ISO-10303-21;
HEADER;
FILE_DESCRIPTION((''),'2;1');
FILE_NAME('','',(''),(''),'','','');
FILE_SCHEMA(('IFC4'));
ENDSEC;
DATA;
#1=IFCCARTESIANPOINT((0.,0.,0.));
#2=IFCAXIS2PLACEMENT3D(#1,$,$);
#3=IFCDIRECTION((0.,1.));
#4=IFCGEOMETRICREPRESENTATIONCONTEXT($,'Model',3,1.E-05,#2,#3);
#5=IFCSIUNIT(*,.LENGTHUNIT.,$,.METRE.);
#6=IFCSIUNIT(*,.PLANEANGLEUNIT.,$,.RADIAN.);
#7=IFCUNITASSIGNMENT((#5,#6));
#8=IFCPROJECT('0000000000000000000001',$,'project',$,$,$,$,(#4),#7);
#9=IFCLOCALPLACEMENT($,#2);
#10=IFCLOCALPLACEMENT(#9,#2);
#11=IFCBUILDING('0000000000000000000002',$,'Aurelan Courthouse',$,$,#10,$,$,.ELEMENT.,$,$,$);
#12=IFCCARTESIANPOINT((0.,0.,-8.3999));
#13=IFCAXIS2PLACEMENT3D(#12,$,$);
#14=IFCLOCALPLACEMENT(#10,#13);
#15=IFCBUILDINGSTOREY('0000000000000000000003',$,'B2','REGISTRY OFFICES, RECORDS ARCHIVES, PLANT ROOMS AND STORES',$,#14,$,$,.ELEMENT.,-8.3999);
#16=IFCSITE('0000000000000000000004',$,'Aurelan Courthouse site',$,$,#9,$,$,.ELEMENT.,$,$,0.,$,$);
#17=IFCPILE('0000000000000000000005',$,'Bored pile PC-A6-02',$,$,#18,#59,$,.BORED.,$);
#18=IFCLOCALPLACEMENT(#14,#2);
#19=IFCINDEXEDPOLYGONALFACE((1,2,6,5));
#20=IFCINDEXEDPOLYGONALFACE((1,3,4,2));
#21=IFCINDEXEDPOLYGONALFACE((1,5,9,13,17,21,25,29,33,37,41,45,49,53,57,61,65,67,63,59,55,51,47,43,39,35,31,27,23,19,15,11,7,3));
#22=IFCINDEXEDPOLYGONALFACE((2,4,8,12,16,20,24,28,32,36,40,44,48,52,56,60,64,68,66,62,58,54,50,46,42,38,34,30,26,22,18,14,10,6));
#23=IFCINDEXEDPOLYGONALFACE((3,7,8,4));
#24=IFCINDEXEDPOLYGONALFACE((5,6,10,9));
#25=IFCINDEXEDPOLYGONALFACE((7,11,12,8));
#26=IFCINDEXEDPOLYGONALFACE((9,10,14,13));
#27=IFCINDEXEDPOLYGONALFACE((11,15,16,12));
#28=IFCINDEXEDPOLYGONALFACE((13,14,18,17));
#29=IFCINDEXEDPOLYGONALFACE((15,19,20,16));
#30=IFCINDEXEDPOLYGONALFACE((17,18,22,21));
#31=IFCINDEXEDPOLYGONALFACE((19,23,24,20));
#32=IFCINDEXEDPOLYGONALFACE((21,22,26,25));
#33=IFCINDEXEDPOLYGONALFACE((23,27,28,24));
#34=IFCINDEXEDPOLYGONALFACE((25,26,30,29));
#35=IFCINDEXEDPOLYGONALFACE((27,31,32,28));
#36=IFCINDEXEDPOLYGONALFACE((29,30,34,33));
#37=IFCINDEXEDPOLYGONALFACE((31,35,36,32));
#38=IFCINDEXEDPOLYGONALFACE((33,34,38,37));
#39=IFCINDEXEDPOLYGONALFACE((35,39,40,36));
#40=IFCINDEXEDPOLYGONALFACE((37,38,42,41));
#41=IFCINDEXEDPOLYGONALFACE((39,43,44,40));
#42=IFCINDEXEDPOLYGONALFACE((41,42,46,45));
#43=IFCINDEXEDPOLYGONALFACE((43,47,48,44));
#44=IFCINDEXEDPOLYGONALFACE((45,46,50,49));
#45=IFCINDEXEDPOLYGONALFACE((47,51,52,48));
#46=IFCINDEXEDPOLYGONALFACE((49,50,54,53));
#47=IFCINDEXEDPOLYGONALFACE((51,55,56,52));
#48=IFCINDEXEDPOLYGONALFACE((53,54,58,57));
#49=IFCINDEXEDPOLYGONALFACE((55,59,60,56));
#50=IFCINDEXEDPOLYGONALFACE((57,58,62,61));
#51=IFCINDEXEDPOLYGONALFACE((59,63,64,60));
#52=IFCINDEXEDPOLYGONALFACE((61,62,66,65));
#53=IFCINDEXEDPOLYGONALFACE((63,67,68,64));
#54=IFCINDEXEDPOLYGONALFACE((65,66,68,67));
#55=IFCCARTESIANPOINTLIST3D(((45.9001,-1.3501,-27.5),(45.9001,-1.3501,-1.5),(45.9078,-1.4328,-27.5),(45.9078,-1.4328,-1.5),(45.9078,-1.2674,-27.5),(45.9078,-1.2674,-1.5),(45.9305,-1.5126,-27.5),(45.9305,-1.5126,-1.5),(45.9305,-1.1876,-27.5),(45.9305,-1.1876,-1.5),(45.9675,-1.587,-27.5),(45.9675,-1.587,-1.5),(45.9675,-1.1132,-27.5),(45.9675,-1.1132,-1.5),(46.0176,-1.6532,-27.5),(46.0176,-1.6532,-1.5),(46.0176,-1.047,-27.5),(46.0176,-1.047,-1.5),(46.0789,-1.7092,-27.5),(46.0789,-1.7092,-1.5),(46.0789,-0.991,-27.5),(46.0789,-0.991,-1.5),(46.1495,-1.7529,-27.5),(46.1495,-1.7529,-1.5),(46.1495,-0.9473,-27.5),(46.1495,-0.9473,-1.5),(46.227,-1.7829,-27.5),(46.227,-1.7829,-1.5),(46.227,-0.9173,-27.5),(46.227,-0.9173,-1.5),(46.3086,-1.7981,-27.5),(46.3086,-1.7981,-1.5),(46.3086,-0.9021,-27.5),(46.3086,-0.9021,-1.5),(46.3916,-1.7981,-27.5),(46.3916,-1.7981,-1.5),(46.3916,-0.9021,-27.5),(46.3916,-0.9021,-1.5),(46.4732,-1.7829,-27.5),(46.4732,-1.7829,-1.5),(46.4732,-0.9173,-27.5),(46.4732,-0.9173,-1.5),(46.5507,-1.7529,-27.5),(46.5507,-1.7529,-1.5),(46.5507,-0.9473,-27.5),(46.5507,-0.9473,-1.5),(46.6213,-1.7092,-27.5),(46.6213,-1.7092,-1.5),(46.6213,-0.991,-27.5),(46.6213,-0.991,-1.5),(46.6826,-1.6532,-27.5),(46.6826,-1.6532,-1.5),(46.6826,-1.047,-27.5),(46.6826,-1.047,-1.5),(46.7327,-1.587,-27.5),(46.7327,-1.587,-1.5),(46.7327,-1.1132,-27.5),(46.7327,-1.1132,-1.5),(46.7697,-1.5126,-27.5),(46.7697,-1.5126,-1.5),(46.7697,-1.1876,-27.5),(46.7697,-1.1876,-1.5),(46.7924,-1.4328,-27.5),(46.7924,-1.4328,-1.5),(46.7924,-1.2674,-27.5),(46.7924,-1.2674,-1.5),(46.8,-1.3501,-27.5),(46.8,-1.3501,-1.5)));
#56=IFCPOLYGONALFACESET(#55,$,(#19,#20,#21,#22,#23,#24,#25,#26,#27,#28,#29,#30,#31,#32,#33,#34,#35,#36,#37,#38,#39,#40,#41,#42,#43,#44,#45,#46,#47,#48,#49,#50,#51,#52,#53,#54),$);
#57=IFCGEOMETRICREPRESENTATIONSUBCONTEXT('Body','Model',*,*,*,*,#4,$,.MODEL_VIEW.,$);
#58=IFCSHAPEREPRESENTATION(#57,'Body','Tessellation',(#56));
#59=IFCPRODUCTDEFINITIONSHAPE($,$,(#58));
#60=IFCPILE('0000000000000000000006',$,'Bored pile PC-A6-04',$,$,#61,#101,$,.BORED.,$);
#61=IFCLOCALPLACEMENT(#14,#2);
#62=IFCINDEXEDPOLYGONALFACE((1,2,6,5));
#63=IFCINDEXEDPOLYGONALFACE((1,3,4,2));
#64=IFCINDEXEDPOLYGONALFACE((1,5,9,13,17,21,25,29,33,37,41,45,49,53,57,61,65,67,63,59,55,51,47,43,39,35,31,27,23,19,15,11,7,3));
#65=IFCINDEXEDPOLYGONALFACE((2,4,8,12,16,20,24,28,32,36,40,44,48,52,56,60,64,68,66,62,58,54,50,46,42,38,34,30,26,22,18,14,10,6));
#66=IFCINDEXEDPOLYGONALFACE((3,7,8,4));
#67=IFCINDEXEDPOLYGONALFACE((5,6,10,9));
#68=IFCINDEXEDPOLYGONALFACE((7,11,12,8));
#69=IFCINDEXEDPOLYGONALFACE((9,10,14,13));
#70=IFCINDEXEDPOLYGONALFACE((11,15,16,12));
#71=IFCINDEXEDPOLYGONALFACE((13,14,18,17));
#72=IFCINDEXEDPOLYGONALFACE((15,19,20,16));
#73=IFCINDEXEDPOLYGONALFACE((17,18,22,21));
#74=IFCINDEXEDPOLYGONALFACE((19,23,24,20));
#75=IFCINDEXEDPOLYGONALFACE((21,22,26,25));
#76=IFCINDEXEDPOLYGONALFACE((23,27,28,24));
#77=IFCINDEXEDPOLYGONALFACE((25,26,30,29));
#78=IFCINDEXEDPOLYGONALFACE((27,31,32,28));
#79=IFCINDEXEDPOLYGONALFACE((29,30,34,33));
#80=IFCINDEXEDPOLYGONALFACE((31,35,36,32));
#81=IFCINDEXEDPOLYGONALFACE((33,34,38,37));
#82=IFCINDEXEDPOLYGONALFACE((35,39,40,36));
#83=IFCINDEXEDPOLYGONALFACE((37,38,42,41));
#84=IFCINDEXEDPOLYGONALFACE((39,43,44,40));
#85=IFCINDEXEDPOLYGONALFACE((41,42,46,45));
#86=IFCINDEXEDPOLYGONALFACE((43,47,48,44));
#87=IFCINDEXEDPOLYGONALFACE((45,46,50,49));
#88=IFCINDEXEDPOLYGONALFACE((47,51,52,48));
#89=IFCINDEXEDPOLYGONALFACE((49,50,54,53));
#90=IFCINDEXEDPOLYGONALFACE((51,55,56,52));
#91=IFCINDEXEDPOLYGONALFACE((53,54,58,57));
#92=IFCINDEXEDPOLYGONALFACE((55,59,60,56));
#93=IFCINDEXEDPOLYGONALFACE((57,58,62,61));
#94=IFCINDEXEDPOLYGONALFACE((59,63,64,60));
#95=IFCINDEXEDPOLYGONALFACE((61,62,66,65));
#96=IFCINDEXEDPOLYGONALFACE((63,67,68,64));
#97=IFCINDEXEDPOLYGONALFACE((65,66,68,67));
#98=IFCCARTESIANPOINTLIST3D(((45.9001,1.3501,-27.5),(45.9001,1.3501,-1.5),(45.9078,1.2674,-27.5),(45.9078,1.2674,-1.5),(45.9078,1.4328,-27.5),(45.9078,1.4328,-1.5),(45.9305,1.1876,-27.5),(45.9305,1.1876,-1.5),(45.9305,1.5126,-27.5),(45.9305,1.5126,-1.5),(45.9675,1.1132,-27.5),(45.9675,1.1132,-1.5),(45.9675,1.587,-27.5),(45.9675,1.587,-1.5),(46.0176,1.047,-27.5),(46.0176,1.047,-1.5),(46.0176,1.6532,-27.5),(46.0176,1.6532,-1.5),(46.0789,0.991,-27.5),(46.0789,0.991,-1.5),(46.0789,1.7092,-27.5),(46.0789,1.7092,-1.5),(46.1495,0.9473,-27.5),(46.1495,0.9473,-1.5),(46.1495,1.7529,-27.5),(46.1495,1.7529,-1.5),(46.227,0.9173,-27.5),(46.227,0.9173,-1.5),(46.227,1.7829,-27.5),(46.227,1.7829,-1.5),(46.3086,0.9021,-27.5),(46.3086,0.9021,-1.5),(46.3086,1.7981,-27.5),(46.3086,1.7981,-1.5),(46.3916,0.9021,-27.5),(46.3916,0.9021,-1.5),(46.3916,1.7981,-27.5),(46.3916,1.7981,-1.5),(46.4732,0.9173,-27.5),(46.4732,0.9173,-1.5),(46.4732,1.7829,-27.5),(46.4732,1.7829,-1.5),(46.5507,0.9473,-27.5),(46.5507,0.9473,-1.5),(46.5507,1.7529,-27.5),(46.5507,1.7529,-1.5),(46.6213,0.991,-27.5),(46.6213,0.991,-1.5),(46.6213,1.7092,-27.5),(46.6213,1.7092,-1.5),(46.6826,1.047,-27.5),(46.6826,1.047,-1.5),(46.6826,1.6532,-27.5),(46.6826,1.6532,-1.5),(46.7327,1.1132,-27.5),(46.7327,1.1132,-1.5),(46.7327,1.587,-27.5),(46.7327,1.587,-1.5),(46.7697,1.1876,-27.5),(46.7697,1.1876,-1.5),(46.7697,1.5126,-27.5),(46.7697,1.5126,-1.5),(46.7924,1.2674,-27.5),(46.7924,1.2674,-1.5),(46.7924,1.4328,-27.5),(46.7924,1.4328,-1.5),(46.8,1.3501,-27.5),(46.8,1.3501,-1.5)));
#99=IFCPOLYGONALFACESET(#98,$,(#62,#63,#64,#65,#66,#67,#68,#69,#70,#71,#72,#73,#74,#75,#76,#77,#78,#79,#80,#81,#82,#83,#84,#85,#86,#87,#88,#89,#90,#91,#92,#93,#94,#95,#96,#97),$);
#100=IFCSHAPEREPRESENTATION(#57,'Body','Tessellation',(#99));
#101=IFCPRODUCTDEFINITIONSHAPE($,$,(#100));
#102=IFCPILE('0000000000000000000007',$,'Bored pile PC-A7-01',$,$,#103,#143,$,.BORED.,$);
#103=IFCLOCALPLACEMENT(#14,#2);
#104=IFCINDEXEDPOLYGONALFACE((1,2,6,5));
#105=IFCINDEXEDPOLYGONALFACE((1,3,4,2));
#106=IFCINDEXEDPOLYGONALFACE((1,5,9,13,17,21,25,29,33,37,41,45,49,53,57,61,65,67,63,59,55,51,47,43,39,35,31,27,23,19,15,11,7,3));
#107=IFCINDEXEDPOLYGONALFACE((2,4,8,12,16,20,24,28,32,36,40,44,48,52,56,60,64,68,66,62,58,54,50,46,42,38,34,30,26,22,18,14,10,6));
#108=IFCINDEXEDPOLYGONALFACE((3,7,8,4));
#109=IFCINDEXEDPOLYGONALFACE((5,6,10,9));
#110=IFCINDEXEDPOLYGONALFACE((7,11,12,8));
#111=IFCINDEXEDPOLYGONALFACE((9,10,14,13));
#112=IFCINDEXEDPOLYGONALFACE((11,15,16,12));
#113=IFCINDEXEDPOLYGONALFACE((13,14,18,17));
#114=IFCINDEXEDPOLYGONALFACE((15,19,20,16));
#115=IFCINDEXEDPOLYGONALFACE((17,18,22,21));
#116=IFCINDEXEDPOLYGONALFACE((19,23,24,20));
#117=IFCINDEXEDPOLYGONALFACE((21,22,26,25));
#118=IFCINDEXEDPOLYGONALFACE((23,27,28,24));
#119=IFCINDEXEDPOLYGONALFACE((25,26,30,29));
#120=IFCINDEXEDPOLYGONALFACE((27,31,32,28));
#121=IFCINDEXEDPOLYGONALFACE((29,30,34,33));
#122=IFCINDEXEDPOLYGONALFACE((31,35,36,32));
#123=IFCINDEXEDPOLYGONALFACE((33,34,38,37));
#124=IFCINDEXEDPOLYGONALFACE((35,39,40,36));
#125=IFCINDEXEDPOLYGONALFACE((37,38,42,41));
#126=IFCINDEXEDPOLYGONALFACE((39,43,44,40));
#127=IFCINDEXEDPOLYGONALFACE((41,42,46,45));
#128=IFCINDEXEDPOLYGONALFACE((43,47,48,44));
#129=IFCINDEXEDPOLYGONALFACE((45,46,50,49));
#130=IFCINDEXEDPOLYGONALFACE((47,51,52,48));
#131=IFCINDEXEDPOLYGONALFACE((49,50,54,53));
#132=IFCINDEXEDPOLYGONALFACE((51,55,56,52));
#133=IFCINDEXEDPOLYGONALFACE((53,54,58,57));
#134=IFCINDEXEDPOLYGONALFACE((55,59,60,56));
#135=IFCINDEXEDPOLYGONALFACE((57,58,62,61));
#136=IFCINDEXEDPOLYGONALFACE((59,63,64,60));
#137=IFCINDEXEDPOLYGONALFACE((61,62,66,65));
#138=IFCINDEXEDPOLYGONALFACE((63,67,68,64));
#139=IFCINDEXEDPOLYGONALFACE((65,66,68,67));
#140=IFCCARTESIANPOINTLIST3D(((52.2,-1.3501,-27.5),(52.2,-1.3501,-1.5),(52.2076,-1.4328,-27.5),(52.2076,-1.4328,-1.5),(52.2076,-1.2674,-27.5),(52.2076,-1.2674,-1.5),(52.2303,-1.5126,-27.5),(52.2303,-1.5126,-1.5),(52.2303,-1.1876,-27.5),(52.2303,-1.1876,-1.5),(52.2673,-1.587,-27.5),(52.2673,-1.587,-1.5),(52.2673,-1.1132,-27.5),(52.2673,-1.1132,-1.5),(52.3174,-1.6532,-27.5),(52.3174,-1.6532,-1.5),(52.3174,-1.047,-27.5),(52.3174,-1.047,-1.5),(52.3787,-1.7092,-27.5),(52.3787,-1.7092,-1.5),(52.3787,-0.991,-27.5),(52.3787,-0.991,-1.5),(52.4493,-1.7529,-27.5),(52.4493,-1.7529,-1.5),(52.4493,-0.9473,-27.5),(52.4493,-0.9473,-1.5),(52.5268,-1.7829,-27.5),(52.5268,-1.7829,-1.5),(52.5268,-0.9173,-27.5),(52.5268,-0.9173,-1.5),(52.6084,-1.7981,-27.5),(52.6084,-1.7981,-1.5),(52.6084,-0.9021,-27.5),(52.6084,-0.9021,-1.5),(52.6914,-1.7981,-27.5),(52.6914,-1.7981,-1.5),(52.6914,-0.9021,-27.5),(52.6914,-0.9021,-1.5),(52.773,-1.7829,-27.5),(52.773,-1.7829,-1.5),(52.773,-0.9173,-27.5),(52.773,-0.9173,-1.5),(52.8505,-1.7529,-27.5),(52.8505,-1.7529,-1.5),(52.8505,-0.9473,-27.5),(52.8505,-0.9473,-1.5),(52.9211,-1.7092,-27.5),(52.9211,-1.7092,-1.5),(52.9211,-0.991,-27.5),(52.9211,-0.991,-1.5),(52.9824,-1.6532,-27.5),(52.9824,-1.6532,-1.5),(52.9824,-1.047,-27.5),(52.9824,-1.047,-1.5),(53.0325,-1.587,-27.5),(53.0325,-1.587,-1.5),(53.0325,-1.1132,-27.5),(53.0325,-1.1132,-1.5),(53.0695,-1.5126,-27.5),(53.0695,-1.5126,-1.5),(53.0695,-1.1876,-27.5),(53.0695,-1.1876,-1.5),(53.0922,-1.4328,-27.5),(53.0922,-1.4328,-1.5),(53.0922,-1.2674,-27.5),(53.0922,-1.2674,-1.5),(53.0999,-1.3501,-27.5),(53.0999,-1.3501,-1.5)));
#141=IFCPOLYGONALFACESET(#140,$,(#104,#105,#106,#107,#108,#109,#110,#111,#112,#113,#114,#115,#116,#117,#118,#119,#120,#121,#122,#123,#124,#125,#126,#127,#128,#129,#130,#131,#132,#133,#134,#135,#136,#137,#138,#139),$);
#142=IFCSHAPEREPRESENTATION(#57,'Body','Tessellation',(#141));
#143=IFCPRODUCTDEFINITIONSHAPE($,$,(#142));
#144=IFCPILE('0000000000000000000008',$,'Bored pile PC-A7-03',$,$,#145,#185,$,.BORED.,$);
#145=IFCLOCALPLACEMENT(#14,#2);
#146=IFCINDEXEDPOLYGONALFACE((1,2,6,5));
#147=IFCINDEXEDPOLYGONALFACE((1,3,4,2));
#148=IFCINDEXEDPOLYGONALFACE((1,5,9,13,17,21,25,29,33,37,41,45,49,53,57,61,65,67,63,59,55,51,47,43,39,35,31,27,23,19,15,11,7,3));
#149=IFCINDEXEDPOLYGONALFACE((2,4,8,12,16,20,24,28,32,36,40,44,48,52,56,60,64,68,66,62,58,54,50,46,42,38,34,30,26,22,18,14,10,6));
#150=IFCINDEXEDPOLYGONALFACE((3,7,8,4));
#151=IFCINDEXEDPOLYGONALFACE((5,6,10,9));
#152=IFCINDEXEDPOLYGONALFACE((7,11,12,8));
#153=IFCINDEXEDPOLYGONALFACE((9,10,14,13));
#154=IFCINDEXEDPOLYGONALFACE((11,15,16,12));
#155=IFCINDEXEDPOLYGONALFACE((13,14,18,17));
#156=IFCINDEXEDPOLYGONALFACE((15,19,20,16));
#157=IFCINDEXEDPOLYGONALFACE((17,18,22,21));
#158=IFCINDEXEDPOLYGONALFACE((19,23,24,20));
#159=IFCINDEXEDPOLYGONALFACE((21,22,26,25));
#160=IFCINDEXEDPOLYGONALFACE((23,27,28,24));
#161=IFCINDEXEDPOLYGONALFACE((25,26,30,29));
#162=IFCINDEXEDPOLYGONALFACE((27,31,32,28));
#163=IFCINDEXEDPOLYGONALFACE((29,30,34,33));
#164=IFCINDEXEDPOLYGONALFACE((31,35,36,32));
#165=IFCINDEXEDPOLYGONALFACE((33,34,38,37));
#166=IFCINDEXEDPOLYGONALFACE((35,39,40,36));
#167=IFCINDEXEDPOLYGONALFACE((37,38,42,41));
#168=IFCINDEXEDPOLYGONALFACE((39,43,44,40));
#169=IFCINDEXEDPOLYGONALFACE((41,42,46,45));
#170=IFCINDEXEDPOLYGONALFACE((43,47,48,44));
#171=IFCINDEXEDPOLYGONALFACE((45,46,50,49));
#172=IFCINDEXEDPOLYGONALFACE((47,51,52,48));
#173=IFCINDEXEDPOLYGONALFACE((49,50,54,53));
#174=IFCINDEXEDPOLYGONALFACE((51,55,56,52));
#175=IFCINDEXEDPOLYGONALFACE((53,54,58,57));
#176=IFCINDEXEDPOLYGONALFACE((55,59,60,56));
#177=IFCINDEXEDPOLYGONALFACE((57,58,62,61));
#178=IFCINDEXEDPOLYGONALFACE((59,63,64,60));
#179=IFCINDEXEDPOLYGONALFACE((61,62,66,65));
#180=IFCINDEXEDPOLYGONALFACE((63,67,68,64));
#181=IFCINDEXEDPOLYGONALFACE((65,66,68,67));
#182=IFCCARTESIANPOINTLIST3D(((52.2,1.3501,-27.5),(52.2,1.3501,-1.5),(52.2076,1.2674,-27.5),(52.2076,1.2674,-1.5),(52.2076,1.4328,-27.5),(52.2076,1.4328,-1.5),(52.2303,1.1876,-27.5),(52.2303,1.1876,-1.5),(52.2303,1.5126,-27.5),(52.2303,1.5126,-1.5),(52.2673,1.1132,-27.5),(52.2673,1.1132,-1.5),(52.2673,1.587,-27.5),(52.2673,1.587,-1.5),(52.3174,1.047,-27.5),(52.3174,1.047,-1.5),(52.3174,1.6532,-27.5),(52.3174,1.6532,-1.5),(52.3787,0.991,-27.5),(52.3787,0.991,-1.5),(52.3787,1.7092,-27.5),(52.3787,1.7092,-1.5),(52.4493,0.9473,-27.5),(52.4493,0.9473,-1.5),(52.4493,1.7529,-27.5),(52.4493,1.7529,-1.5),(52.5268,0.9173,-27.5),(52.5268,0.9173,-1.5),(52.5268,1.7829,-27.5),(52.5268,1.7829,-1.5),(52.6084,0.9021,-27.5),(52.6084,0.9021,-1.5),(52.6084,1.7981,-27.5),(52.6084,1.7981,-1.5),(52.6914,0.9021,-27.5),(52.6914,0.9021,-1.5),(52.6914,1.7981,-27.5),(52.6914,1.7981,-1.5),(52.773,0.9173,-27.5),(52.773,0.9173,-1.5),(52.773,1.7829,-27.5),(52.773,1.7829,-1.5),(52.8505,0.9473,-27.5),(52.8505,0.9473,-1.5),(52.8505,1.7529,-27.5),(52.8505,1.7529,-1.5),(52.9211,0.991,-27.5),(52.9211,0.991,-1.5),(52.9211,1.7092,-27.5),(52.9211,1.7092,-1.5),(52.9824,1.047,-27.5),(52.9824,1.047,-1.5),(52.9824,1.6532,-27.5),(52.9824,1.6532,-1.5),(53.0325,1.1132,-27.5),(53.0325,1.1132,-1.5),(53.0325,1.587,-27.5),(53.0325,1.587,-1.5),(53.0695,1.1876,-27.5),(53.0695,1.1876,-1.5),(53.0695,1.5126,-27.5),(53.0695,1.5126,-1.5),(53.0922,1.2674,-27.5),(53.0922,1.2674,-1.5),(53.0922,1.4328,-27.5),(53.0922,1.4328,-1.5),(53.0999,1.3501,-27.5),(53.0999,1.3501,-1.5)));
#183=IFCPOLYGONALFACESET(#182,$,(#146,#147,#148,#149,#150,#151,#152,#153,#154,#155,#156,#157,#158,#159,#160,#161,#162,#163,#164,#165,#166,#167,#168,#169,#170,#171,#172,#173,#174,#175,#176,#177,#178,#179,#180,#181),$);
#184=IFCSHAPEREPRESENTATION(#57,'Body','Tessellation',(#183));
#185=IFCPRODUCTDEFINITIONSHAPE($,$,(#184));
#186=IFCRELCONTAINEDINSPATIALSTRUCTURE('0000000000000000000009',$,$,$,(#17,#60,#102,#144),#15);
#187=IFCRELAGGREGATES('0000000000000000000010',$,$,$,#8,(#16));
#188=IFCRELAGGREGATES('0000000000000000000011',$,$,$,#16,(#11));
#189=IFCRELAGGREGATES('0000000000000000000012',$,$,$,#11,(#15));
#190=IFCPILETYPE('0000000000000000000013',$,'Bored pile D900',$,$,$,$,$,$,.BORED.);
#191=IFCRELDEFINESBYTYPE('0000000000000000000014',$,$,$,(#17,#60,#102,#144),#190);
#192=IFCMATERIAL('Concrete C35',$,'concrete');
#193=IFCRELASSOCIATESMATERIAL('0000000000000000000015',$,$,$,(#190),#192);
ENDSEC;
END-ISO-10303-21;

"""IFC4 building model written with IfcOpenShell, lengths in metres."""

from ifc_helpers import new_model, si_unit, direction, frame, origin, origin_2d, place, context, subcontext, project, spatial, circle, extrude, material, material_profile, profile_set, type_object, element, save


model = new_model("IFC4")

# Units and contexts
model_context = context("Model", 3, precision=1e-05, world=origin(), true_north=direction((0.0, 1.0)))
body_context = subcontext(model_context, "Body", "Model", "MODEL_VIEW")
ifc_project = project(units=[si_unit("LENGTHUNIT", "METRE"), si_unit("PLANEANGLEUNIT", "RADIAN")], contexts=[model_context])

# Site, building, storey
site_placement = place(None, origin())
site = spatial("IfcSite", under=ifc_project, at=site_placement, Name="Aurelan Courthouse site", CompositionType="ELEMENT", RefElevation=0.0)
building_placement = place(site_placement, origin())
building = spatial("IfcBuilding", under=site, at=building_placement, Name="Aurelan Courthouse", CompositionType="ELEMENT")
storey_placement = place(building_placement, frame((0.0, 0.0, -8.3999)))
storey = spatial("IfcBuildingStorey", under=building, at=storey_placement, Name="B2", Description="REGISTRY OFFICES, RECORDS ARCHIVES, PLANT ROOMS AND STORES", CompositionType="ELEMENT", Elevation=-8.3999)

# Piles
ifc_material_1 = material(Name="Concrete C35", Category="concrete")
ifc_material_profile_1 = material_profile(ifc_material_1, circle(Radius=0.45, at=origin_2d()), Name="D900")
ifc_profile_set_1 = profile_set([ifc_material_profile_1], Name="Concrete C35")
pile_type = type_object("IfcPileType", Name="Bored pile D900", PredefinedType="BORED", material=ifc_profile_set_1)
for number, where, z_axis, x_axis, name in (
    (1, (46.3501, -1.3501, -1.5), (0.0, 0.0, -1.0), (1.0, 0.0, 0.0), "Bored pile PC-A6-02"),
    (2, (46.3501, 1.3501, -1.5), (0.0, 0.0, -1.0), (1.0, 0.0, 0.0), "Bored pile PC-A6-04"),
    (3, (52.6499, -1.3501, -1.5), (0.0, 0.0, -1.0), (1.0, 0.0, 0.0), "Bored pile PC-A7-01"),
    (4, (52.6499, 1.3501, -1.5), (0.0, 0.0, -1.0), (1.0, 0.0, 0.0), "Bored pile PC-A7-03"),
):
    element("IfcPile", number, at=place(storey_placement, frame(where, z_axis=z_axis, x_axis=x_axis)), inside=storey, type_object=pile_type, Name=name, PredefinedType="BORED", context=body_context, shape_type="SweptSolid", body=[
        extrude(circle(Radius=0.45, at=origin_2d()), origin(), (0.0, 0.0, 1.0), 26.0),
    ])

save(model, "model.ifc")
